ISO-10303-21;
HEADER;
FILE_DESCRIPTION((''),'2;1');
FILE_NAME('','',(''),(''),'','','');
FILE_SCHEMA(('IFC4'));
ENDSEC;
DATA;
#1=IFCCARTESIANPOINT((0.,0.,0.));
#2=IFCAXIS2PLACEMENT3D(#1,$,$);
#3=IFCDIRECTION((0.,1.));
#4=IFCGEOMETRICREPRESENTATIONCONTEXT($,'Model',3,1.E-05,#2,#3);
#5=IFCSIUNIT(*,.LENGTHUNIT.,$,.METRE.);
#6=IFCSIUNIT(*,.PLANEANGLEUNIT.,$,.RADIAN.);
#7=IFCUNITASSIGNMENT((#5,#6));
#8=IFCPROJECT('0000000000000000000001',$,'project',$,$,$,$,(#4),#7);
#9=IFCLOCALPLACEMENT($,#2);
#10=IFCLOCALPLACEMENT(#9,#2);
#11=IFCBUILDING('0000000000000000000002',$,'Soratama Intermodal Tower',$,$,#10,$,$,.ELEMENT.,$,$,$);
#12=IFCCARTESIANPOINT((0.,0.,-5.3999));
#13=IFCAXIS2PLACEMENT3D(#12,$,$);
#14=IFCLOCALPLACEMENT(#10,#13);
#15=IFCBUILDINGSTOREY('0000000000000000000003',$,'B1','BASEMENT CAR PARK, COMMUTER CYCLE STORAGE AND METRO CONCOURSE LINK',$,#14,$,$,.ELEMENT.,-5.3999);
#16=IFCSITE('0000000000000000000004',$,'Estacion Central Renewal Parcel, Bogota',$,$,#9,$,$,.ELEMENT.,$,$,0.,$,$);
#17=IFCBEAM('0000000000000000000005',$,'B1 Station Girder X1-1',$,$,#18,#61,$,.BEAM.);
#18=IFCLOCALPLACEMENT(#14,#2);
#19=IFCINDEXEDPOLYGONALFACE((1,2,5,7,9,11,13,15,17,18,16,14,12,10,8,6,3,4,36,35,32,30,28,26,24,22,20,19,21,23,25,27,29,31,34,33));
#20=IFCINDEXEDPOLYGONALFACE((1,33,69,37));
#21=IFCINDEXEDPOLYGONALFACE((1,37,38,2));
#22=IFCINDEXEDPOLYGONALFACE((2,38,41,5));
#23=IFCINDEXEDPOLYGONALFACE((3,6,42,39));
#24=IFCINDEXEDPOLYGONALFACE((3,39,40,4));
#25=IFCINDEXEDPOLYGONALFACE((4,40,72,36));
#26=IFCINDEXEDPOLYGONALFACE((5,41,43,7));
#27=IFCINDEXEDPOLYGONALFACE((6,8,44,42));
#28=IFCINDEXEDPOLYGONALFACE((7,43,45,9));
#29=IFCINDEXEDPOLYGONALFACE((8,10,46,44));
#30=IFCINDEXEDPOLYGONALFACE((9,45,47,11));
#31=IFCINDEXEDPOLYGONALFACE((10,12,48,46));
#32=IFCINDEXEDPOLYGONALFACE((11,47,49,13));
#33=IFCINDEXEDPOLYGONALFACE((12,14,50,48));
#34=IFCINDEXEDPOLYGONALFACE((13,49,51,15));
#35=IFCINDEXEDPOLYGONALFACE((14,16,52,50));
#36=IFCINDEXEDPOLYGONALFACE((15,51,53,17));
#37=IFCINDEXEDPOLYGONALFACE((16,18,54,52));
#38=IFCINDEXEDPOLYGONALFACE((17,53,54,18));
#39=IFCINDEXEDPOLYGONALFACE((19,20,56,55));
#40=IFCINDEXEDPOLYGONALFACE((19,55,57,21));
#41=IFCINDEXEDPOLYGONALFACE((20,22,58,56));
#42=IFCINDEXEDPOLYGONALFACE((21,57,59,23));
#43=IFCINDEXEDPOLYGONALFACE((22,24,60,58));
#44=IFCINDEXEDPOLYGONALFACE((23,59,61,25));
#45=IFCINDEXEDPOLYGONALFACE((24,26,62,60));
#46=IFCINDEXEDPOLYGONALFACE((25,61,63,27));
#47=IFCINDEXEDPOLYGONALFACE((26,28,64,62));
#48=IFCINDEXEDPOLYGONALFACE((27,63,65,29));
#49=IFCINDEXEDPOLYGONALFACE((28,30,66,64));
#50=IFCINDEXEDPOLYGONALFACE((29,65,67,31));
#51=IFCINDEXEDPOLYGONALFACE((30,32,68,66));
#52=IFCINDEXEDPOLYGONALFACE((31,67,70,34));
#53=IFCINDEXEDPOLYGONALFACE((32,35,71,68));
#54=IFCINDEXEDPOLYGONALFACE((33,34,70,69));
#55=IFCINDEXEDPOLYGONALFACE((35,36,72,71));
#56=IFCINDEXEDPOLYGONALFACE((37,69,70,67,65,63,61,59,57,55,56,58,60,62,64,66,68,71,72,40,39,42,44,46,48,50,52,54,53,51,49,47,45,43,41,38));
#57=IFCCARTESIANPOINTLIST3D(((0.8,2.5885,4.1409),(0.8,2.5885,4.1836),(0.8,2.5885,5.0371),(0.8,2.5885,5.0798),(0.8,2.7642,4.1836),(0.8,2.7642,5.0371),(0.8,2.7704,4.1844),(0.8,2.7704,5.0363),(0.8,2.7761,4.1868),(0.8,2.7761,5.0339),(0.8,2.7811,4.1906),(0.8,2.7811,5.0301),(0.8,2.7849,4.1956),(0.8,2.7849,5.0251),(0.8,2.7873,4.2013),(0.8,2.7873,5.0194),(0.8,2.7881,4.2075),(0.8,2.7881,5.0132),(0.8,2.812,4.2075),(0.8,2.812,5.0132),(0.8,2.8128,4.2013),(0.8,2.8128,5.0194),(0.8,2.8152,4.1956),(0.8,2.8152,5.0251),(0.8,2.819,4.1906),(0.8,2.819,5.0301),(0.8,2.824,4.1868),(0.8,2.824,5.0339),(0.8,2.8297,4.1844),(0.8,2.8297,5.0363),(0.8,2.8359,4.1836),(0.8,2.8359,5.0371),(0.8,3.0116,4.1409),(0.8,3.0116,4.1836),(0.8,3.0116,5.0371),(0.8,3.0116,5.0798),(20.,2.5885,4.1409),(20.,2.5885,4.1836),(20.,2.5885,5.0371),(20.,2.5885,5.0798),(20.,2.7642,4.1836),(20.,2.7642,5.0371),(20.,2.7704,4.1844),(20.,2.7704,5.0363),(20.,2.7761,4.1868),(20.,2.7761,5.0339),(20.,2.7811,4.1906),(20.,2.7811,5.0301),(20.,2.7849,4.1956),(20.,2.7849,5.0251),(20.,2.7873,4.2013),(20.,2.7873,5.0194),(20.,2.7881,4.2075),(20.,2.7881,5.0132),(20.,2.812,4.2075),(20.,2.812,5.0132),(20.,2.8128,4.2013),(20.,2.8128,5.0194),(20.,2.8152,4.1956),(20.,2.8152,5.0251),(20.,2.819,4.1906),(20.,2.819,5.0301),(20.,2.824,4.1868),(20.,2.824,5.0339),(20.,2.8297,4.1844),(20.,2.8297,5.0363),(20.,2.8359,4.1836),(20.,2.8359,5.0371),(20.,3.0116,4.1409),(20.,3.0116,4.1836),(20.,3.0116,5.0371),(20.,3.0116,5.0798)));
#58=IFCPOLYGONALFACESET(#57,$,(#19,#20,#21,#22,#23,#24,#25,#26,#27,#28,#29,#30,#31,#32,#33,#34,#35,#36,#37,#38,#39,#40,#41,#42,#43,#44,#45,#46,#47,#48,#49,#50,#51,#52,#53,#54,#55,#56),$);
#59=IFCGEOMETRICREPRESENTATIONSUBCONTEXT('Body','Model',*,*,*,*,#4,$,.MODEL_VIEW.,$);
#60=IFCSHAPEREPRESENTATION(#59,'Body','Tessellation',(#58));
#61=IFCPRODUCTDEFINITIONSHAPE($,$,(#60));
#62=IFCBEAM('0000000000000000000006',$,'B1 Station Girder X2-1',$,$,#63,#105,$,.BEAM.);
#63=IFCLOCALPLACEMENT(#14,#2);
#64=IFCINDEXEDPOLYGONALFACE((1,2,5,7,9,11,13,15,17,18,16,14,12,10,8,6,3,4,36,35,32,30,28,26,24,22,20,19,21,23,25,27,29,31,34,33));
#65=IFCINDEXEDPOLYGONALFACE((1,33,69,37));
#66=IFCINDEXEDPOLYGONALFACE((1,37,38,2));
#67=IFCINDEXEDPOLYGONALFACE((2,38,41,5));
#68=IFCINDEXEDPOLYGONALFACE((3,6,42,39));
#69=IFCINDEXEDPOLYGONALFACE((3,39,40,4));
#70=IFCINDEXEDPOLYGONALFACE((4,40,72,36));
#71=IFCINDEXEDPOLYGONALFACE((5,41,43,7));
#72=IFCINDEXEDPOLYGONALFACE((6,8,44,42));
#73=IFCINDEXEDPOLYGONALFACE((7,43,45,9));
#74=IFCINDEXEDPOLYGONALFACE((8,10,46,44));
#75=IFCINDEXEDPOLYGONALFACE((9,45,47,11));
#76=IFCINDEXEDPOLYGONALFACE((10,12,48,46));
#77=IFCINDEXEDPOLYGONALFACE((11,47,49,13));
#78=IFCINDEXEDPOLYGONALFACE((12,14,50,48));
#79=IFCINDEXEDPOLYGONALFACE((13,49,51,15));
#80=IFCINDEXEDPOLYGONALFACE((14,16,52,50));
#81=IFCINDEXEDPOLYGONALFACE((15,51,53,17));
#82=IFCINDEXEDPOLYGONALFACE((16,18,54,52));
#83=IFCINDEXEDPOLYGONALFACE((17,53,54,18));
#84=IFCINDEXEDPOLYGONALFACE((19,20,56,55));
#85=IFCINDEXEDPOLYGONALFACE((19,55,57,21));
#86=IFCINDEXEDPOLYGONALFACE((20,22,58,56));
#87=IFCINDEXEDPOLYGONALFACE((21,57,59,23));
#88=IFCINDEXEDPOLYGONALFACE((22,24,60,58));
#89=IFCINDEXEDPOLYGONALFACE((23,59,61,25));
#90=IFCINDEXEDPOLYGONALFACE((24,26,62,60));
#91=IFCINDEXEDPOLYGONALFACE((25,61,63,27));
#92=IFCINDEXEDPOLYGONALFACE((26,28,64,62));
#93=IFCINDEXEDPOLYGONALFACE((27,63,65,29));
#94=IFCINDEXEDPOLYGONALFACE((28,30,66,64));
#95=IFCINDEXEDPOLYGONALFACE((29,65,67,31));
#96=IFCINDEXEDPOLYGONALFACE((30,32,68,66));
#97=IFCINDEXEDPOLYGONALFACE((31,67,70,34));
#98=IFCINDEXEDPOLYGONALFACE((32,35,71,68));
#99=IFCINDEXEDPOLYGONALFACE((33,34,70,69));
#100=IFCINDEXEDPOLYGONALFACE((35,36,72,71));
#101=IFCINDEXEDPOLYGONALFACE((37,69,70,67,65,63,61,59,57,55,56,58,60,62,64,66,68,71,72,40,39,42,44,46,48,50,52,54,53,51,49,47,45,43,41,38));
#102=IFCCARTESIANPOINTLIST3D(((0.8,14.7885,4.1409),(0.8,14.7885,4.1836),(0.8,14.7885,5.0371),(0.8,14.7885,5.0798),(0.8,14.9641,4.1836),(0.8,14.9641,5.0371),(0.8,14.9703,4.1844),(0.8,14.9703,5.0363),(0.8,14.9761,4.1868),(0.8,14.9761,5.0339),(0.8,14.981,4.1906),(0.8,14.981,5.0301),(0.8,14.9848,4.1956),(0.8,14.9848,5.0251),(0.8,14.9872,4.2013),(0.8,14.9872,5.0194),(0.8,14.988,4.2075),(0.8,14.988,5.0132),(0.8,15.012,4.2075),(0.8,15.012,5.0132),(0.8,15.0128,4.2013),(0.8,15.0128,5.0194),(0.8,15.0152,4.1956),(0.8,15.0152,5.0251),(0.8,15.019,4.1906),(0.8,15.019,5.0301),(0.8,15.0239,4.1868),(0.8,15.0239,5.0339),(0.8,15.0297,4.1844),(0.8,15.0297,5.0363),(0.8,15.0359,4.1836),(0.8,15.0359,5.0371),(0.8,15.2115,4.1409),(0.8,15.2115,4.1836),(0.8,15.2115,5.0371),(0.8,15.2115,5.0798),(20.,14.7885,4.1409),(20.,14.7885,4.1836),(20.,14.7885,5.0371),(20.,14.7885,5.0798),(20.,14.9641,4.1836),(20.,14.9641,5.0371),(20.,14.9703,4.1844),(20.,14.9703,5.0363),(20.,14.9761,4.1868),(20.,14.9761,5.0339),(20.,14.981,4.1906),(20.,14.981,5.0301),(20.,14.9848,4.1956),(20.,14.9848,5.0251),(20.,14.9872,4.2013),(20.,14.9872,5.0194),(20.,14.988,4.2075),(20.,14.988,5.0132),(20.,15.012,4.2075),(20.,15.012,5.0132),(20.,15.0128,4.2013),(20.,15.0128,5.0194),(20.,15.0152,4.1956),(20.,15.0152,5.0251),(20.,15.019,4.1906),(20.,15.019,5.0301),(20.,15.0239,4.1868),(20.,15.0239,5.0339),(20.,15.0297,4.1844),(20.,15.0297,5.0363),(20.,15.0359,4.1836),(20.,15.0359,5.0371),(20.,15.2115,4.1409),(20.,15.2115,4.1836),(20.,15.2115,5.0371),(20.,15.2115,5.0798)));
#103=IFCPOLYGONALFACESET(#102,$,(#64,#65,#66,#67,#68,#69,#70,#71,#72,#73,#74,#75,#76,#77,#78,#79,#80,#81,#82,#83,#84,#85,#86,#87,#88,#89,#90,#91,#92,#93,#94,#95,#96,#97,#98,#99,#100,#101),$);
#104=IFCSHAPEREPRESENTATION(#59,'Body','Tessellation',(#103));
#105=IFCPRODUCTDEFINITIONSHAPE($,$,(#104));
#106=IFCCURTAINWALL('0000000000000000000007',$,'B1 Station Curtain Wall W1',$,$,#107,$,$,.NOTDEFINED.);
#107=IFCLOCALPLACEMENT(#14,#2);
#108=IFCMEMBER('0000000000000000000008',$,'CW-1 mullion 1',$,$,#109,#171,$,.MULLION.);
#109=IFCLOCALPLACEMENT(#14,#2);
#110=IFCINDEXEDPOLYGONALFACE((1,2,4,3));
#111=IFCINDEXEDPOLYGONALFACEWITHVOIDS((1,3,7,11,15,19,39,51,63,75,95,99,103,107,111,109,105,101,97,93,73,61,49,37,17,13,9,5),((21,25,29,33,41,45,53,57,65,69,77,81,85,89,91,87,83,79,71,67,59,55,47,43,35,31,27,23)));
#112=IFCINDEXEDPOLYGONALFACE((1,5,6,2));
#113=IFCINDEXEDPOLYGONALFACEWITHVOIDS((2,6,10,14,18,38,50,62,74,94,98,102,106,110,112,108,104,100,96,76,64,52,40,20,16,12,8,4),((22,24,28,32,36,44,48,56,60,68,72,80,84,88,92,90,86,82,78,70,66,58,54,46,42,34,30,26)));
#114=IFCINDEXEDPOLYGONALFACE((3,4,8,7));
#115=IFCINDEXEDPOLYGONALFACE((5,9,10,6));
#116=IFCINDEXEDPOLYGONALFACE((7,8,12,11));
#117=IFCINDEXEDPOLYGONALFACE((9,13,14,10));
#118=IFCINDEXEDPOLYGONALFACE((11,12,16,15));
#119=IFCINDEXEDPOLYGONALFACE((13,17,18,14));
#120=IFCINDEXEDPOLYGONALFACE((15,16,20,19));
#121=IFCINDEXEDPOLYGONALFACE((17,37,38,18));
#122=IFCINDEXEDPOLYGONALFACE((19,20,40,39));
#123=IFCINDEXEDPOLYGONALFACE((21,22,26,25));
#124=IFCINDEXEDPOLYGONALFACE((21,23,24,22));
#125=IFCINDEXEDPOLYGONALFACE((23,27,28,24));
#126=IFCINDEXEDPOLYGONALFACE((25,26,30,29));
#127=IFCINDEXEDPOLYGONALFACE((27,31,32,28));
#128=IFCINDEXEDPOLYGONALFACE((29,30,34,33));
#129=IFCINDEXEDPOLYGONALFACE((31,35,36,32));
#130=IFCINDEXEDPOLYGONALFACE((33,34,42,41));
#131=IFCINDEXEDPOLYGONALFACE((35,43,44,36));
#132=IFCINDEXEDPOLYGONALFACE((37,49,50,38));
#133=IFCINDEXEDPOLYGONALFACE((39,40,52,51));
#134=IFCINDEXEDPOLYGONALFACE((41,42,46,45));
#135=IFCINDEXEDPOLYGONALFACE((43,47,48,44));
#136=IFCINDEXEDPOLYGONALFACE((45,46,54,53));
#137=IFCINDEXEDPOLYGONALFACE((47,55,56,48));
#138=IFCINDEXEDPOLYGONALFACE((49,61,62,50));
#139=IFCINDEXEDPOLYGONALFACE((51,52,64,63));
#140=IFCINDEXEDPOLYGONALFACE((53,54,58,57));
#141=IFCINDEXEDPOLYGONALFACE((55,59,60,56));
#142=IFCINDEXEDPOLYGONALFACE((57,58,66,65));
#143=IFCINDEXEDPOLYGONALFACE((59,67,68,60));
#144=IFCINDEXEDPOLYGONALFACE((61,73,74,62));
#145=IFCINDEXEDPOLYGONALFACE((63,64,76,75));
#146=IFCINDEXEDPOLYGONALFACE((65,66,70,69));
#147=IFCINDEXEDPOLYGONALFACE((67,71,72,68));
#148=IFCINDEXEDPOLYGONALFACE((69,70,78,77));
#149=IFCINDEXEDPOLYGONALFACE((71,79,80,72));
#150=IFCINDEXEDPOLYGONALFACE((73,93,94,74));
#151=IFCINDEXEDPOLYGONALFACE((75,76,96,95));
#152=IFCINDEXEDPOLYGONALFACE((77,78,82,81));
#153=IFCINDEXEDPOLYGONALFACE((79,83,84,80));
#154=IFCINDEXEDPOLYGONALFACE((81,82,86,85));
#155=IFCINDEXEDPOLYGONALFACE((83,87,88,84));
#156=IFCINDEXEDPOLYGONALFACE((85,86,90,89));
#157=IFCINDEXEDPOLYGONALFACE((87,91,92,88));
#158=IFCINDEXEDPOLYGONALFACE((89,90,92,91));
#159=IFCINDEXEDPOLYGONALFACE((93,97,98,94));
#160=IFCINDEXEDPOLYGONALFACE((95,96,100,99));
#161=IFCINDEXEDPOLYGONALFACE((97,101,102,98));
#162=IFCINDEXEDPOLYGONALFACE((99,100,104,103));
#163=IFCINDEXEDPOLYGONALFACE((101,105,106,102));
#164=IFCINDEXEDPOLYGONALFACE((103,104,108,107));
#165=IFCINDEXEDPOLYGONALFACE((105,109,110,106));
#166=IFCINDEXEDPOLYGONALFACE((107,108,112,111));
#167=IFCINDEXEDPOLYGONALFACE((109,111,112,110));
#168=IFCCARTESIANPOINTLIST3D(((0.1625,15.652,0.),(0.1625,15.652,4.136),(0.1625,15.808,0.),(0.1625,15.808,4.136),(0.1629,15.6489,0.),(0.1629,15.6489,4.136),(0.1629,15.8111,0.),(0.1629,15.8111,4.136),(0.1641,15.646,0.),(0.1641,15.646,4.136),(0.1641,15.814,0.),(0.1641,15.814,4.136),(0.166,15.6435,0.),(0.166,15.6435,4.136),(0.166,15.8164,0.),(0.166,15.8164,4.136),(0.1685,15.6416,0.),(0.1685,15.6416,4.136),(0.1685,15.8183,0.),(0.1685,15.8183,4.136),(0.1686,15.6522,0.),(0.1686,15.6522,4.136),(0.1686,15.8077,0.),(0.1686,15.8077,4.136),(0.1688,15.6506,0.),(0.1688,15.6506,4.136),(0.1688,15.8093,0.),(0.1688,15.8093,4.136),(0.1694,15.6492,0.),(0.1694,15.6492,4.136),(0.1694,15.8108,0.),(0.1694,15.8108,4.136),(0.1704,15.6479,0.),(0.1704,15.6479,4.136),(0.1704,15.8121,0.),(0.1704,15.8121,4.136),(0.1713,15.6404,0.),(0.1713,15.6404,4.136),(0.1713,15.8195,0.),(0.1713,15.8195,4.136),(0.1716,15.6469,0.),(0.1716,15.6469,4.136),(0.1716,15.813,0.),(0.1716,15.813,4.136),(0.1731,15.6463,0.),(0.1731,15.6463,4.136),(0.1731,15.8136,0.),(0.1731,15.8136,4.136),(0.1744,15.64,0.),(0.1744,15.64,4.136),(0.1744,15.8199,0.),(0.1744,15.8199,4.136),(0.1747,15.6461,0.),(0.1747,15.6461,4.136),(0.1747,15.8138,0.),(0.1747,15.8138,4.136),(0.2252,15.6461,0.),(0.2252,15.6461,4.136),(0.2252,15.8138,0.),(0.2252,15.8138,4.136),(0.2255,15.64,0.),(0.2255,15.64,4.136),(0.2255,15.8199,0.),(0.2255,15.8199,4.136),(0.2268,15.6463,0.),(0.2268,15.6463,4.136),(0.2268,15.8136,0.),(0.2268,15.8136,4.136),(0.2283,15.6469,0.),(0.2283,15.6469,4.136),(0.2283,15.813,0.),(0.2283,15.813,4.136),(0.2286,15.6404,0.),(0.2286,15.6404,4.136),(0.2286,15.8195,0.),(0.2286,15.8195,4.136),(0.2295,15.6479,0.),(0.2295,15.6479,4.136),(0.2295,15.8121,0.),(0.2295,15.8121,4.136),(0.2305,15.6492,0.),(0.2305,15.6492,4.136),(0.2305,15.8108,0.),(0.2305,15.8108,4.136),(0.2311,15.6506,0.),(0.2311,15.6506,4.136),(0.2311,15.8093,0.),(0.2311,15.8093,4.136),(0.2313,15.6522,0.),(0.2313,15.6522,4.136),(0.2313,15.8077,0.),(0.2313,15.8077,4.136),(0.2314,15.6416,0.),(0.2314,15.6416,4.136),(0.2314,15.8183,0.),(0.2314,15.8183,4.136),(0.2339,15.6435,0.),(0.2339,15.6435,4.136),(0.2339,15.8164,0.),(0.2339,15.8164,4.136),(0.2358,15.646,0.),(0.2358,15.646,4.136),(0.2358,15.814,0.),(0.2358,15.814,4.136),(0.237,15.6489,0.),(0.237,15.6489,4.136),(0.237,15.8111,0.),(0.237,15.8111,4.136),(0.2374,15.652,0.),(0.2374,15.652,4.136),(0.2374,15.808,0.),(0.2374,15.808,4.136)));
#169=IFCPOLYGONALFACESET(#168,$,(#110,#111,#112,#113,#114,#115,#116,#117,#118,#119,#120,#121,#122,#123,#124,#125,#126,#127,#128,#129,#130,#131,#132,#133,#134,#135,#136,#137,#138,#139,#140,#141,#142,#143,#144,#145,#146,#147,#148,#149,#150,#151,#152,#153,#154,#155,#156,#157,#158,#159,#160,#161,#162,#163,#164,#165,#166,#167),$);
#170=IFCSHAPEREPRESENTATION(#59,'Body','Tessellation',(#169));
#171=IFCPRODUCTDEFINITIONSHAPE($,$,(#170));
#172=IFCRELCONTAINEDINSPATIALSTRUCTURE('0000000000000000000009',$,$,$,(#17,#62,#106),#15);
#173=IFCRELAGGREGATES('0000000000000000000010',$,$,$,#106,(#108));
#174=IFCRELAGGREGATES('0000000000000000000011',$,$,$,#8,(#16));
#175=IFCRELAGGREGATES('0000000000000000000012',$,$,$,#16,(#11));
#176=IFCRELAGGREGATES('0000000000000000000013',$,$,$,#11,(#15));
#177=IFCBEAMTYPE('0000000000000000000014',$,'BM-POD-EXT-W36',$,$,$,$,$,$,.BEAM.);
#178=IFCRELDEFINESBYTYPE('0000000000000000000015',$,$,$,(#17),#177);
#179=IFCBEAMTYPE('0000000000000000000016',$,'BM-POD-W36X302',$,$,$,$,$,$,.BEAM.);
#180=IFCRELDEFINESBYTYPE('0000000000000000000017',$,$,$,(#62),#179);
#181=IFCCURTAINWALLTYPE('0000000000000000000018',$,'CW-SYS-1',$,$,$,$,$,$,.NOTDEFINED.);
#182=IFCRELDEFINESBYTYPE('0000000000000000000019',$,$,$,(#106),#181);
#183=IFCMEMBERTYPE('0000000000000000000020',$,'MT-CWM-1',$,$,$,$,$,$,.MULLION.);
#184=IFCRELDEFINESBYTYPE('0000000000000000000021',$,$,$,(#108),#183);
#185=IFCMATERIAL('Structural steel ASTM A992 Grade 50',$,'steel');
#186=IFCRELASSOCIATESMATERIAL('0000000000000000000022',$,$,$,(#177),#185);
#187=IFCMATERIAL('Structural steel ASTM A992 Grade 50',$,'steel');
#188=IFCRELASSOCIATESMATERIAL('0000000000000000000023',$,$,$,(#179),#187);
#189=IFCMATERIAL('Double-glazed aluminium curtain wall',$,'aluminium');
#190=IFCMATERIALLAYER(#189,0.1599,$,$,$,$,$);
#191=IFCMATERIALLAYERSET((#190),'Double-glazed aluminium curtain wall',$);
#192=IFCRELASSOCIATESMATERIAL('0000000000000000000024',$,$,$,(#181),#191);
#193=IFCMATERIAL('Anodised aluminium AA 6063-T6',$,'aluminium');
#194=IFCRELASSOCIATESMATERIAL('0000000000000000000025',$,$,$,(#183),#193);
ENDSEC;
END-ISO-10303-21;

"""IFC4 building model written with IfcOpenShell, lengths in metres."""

from ifc_helpers import new_model, si_unit, direction, frame, origin, origin_2d, place, context, subcontext, project, spatial, hollow_rectangle, i_section, extrude, material, layer, layer_set, material_profile, profile_set, type_object, element, aggregate, save


model = new_model("IFC4")

# Units and contexts
model_context = context("Model", 3, precision=1e-05, world=origin(), true_north=direction((0.0, 1.0)))
body_context = subcontext(model_context, "Body", "Model", "MODEL_VIEW")
ifc_project = project(units=[si_unit("LENGTHUNIT", "METRE"), si_unit("PLANEANGLEUNIT", "RADIAN")], contexts=[model_context])

# Site, building, storey
site_placement = place(None, origin())
site = spatial("IfcSite", under=ifc_project, at=site_placement, Name="Estacion Central Renewal Parcel, Bogota", CompositionType="ELEMENT", RefElevation=0.0)
building_placement = place(site_placement, origin())
building = spatial("IfcBuilding", under=site, at=building_placement, Name="Soratama Intermodal Tower", CompositionType="ELEMENT")
storey_placement = place(building_placement, frame((0.0, 0.0, -5.3999)))
storey = spatial("IfcBuildingStorey", under=building, at=storey_placement, Name="B1", Description="BASEMENT CAR PARK, COMMUTER CYCLE STORAGE AND METRO CONCOURSE LINK", CompositionType="ELEMENT", Elevation=-5.3999)

# Beams
ifc_material_1 = material(Name="Structural steel ASTM A992 Grade 50", Category="steel")
ifc_material_profile_1 = material_profile(ifc_material_1, i_section(OverallWidth=0.4231, OverallDepth=0.939, WebThickness=0.0239, FlangeThickness=0.0427, FilletRadius=0.0239, at=origin_2d()), Name="W36X302")
ifc_profile_set_1 = profile_set([ifc_material_profile_1], Name="Structural steel ASTM A992 Grade 50")
beam_type_1 = type_object("IfcBeamType", Name="BM-POD-EXT-W36", PredefinedType="BEAM", material=ifc_profile_set_1)
beam_1_placement = place(storey_placement, frame((0.8, 2.8, 4.6104), z_axis=(1.0, 0.0, 0.0), x_axis=(0.0, 1.0, 0.0)))
element("IfcBeam", 1, at=beam_1_placement, inside=storey, type_object=beam_type_1, Name="B1 Station Girder X1-1", PredefinedType="BEAM", context=body_context, shape_type="SweptSolid", body=[
    extrude(i_section(OverallWidth=0.4231, OverallDepth=0.939, WebThickness=0.0239, FlangeThickness=0.0427, FilletRadius=0.0239, at=origin_2d()), origin(), (0.0, 0.0, 1.0), 19.2),
])
ifc_material_2 = material(Name="Structural steel ASTM A992 Grade 50", Category="steel")
ifc_material_profile_2 = material_profile(ifc_material_2, i_section(OverallWidth=0.4231, OverallDepth=0.939, WebThickness=0.0239, FlangeThickness=0.0427, FilletRadius=0.0239, at=origin_2d()), Name="W36X302")
ifc_profile_set_2 = profile_set([ifc_material_profile_2], Name="Structural steel ASTM A992 Grade 50")
beam_type_2 = type_object("IfcBeamType", Name="BM-POD-W36X302", PredefinedType="BEAM", material=ifc_profile_set_2)
beam_2_placement = place(storey_placement, frame((0.8, 15.0, 4.6104), z_axis=(1.0, 0.0, 0.0), x_axis=(0.0, 1.0, 0.0)))
element("IfcBeam", 2, at=beam_2_placement, inside=storey, type_object=beam_type_2, Name="B1 Station Girder X2-1", PredefinedType="BEAM", context=body_context, shape_type="SweptSolid", body=[
    extrude(i_section(OverallWidth=0.4231, OverallDepth=0.939, WebThickness=0.0239, FlangeThickness=0.0427, FilletRadius=0.0239, at=origin_2d()), origin(), (0.0, 0.0, 1.0), 19.2),
])

# Curtain wall, member
ifc_material_3 = material(Name="Double-glazed aluminium curtain wall", Category="aluminium")
ifc_layer_1 = layer(ifc_material_3, 0.1599)
ifc_layer_set_1 = layer_set([ifc_layer_1], Name="Double-glazed aluminium curtain wall")
curtain_wall_type = type_object("IfcCurtainWallType", Name="CW-SYS-1", PredefinedType="NOTDEFINED", material=ifc_layer_set_1)
curtain_wall_placement = place(storey_placement, origin())
curtain_wall = element("IfcCurtainWall", 3, at=curtain_wall_placement, inside=storey, type_object=curtain_wall_type, Name="B1 Station Curtain Wall W1", PredefinedType="NOTDEFINED")
ifc_material_4 = material(Name="Anodised aluminium AA 6063-T6", Category="aluminium")
ifc_material_profile_3 = material_profile(ifc_material_4, hollow_rectangle(XDim=0.075, YDim=0.1799, WallThickness=0.0061, InnerFilletRadius=0.0061, OuterFilletRadius=0.012, at=origin_2d()), Name="CWM180X75X6")
ifc_profile_set_3 = profile_set([ifc_material_profile_3], Name="Anodised aluminium AA 6063-T6")
member_type_1 = type_object("IfcMemberType", Name="MT-CWM-1", PredefinedType="MULLION", material=ifc_profile_set_3)
member_1_placement = place(storey_placement, frame((0.2, 15.73, 0.0), z_axis=(0.0, 0.0, 1.0), x_axis=(-1.0, 0.0, 0.0)))
member_1 = element("IfcMember", 4, at=member_1_placement, type_object=member_type_1, Name="CW-1 mullion 1", PredefinedType="MULLION", context=body_context, shape_type="SweptSolid", body=[
    extrude(hollow_rectangle(XDim=0.075, YDim=0.1799, WallThickness=0.0061, InnerFilletRadius=0.0061, OuterFilletRadius=0.012, at=origin_2d()), origin(), (0.0, 0.0, 1.0), 4.136),
])
aggregate(curtain_wall, [member_1])

save(model, "model.ifc")
